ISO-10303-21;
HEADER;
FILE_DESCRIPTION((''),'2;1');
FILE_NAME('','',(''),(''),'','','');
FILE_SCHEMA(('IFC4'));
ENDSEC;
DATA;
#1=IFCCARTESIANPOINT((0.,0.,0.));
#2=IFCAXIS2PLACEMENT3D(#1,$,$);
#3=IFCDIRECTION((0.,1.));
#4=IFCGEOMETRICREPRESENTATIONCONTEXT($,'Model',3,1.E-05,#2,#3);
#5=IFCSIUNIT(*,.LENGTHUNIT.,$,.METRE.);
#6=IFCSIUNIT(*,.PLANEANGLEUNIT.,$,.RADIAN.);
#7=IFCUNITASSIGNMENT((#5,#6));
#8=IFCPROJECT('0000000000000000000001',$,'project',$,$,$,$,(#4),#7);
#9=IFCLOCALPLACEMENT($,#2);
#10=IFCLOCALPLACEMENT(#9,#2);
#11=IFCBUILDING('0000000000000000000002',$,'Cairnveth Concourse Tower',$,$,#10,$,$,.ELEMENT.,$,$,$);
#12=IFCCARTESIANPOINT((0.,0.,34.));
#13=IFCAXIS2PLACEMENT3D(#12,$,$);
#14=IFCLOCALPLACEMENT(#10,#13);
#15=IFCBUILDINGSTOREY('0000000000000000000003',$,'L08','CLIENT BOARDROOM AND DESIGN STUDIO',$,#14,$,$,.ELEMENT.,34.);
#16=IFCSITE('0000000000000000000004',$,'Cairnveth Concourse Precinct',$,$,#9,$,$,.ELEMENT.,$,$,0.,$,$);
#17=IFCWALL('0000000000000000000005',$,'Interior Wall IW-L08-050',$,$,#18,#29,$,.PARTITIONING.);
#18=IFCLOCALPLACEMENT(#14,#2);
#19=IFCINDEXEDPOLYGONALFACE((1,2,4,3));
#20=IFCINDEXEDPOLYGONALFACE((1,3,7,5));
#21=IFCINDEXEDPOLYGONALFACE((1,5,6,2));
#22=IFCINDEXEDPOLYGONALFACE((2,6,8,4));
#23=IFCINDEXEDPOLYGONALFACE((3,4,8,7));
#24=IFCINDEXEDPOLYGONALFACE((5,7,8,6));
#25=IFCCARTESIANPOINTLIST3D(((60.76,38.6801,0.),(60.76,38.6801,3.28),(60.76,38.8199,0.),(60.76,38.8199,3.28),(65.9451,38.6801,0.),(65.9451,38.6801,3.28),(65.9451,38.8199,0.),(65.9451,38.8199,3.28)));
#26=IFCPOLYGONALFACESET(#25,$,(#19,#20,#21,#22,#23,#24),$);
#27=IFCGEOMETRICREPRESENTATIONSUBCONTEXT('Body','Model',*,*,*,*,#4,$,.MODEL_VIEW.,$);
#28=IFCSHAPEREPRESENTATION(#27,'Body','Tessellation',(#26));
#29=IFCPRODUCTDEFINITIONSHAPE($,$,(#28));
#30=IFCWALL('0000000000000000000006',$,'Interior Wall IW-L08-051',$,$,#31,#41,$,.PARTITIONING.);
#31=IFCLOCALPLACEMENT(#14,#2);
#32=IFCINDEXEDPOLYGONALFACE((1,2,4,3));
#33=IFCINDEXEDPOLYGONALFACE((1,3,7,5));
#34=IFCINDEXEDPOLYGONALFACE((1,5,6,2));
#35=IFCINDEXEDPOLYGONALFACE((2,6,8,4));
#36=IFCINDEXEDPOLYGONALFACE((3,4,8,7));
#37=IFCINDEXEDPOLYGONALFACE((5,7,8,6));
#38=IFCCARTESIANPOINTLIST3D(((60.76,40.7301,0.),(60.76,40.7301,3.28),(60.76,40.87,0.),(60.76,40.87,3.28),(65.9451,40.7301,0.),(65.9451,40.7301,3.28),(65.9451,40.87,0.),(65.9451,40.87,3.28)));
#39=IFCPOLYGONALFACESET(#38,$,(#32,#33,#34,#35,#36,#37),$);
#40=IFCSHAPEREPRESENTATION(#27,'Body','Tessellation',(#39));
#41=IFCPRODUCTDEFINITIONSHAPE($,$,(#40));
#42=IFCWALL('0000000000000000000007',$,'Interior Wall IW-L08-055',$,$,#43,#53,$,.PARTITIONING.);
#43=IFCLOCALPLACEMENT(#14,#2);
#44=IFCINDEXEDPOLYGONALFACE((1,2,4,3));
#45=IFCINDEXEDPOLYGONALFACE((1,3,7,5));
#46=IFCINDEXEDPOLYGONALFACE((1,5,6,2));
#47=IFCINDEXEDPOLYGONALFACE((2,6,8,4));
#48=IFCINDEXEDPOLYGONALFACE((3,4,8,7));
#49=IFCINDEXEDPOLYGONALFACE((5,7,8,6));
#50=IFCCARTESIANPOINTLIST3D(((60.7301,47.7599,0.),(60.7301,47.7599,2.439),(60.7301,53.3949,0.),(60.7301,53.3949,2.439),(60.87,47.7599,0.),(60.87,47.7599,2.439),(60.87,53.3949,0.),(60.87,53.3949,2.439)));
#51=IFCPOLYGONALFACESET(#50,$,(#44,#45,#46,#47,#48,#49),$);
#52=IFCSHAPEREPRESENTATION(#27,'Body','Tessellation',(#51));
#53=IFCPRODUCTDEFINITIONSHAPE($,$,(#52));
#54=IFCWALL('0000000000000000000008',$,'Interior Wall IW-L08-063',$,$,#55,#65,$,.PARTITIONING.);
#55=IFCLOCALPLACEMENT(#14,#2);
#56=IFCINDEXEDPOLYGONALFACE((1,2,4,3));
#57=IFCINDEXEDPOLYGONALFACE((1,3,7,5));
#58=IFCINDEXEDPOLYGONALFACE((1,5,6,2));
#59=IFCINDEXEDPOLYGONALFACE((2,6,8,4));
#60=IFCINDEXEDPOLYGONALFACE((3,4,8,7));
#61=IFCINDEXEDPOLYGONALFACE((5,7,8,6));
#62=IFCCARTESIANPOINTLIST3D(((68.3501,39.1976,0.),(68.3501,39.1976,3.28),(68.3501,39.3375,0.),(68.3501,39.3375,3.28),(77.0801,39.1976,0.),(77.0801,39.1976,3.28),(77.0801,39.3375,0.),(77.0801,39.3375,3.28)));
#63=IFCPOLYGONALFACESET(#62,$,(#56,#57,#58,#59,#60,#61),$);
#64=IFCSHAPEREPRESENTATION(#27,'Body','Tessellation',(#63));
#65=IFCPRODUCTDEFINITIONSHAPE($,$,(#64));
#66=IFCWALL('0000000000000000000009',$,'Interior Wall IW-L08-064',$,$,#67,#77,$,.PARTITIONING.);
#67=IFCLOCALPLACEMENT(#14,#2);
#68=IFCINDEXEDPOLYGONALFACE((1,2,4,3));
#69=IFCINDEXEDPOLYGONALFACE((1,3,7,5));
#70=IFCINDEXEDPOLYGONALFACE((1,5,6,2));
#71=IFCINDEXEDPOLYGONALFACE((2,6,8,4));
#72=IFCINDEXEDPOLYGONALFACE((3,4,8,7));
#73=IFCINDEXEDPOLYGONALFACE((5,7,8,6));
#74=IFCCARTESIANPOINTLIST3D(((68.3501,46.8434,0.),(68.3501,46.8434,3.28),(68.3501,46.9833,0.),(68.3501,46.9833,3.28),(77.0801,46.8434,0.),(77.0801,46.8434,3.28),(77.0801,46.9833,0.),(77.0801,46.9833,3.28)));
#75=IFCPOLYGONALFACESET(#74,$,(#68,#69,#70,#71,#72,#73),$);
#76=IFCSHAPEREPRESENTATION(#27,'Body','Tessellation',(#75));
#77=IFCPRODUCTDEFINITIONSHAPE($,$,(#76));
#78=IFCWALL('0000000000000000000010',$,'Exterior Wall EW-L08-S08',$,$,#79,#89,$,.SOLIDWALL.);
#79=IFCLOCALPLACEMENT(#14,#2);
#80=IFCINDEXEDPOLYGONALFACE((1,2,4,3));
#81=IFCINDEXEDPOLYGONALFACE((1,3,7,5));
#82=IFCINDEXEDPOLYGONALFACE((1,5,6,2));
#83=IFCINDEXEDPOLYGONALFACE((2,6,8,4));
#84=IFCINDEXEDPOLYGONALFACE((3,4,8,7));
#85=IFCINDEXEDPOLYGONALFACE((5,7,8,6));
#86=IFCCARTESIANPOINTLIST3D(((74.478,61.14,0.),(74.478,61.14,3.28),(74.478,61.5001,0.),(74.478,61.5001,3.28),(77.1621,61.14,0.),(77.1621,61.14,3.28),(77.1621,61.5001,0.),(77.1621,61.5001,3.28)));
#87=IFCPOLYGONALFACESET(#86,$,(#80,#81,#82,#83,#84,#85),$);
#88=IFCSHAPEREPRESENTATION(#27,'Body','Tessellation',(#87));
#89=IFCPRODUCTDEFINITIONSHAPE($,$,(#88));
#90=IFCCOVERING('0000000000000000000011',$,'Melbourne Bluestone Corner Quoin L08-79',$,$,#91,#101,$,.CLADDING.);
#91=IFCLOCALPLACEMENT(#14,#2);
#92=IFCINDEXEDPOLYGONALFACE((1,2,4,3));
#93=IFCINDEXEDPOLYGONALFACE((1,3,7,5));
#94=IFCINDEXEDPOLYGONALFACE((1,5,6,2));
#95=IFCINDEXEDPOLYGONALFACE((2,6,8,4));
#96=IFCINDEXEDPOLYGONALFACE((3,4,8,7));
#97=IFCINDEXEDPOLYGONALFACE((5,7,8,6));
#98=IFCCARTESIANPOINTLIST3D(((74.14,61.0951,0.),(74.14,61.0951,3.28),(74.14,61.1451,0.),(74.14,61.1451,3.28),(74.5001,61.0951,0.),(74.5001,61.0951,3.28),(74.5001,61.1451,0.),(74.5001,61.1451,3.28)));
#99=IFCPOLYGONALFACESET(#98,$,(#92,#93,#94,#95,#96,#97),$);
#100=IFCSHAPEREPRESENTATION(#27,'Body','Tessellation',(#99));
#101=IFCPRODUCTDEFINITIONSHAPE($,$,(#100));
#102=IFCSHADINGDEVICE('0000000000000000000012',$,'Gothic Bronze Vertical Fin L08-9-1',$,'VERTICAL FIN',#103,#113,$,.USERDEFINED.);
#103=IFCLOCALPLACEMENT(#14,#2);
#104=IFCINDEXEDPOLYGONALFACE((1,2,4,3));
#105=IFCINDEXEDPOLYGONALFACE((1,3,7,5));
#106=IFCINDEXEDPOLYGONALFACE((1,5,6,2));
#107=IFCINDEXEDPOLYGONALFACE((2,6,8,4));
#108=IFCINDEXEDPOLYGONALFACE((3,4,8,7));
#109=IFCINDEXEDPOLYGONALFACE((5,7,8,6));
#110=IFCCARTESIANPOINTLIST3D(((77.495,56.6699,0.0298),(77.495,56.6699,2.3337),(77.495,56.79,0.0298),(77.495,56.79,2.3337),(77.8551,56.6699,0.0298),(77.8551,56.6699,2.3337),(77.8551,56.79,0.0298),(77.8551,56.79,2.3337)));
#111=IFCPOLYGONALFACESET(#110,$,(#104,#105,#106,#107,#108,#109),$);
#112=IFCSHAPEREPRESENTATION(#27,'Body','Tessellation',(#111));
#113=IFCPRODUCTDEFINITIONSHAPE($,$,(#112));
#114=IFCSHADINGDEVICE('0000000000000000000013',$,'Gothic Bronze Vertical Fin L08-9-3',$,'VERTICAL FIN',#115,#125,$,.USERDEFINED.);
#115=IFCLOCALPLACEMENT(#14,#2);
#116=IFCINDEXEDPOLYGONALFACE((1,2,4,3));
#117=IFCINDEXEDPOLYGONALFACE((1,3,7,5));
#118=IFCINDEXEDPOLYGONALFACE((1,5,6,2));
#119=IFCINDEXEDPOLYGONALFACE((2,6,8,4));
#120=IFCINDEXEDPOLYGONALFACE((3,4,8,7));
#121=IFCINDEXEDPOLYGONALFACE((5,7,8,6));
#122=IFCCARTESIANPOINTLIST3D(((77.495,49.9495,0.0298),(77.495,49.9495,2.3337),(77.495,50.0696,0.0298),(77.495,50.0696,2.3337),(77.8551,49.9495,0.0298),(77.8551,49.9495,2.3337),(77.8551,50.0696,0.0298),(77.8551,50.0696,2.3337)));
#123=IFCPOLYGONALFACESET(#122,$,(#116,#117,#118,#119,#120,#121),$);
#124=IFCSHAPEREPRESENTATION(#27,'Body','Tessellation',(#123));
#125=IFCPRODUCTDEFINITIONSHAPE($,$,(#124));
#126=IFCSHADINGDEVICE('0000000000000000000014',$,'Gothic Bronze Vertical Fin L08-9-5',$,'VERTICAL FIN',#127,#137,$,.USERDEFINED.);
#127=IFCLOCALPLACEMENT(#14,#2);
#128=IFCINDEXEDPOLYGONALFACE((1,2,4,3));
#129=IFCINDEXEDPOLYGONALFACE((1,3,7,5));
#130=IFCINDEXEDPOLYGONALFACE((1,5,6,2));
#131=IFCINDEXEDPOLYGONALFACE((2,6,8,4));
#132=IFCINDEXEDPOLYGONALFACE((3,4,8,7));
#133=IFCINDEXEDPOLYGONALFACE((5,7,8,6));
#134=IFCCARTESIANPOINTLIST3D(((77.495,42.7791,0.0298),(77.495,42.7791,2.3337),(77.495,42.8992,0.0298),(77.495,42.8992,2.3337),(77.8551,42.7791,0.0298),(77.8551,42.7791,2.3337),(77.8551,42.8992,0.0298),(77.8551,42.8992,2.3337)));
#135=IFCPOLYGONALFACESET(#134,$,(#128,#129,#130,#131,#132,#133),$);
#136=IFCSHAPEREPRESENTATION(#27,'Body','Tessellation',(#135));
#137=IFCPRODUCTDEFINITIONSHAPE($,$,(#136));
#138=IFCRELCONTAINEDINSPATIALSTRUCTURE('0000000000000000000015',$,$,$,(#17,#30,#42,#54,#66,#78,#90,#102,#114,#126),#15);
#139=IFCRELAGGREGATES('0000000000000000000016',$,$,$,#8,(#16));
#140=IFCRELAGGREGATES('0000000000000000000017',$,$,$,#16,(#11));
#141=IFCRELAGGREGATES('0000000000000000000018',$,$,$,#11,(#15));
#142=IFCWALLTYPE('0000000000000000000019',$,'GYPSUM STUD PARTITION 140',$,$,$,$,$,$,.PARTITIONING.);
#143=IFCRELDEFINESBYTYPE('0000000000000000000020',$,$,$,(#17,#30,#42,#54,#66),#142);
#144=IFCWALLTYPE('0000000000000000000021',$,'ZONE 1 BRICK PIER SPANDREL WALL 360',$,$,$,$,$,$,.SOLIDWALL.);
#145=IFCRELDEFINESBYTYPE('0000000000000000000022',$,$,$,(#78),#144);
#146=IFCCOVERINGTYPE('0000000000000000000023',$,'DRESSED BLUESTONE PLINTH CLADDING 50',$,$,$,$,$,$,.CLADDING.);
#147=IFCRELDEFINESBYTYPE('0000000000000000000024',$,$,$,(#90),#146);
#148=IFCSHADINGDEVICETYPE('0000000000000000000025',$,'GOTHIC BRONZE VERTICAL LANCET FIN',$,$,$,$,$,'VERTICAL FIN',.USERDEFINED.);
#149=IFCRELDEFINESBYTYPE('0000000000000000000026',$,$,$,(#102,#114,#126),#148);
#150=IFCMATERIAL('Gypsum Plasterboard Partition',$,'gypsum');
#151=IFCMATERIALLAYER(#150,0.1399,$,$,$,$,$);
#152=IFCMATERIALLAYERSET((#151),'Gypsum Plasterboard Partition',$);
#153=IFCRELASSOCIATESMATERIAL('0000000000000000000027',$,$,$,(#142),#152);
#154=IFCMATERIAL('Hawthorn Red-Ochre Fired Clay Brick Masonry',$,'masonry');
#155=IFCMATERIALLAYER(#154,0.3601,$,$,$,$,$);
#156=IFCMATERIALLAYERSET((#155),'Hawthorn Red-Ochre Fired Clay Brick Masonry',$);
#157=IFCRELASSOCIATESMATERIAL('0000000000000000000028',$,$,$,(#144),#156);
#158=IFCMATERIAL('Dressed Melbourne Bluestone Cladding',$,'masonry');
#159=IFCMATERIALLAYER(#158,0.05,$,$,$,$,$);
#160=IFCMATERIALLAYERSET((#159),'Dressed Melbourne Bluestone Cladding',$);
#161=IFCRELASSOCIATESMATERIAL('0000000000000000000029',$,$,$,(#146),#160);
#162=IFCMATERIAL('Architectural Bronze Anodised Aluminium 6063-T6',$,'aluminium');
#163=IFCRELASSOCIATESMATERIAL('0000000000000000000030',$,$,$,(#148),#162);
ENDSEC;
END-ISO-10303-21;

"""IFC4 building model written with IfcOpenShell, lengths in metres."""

from ifc_helpers import new_model, si_unit, direction, frame, frame_2d, origin, origin_2d, place, context, subcontext, project, spatial, rectangle, extrude, material, layer, layer_set, type_object, element, save


model = new_model("IFC4")

# Units and contexts
model_context = context("Model", 3, precision=1e-05, world=origin(), true_north=direction((0.0, 1.0)))
body_context = subcontext(model_context, "Body", "Model", "MODEL_VIEW")
ifc_project = project(units=[si_unit("LENGTHUNIT", "METRE"), si_unit("PLANEANGLEUNIT", "RADIAN")], contexts=[model_context])

# Site, building, storey
site_placement = place(None, origin())
site = spatial("IfcSite", under=ifc_project, at=site_placement, Name="Cairnveth Concourse Precinct", CompositionType="ELEMENT", RefElevation=0.0)
building_placement = place(site_placement, origin())
building = spatial("IfcBuilding", under=site, at=building_placement, Name="Cairnveth Concourse Tower", CompositionType="ELEMENT")
storey_placement = place(building_placement, frame((0.0, 0.0, 34.0)))
storey = spatial("IfcBuildingStorey", under=building, at=storey_placement, Name="L08", Description="CLIENT BOARDROOM AND DESIGN STUDIO", CompositionType="ELEMENT", Elevation=34.0)

# Shared definitions
ifc_material_1 = material(Name="Gypsum Plasterboard Partition", Category="gypsum")
ifc_layer_1 = layer(ifc_material_1, 0.1399)
ifc_layer_set_1 = layer_set([ifc_layer_1], Name="Gypsum Plasterboard Partition")
wall_type_1 = type_object("IfcWallType", Name="GYPSUM STUD PARTITION 140", PredefinedType="PARTITIONING", material=ifc_layer_set_1)

# Walls
for number, where, z_axis, x_axis, name in (
    (1, (60.76, 38.75, 0.0), (0.0, 0.0, 1.0), (1.0, 0.0, 0.0), "Interior Wall IW-L08-050"),
    (2, (60.76, 40.8, 0.0), (0.0, 0.0, 1.0), (1.0, 0.0, 0.0), "Interior Wall IW-L08-051"),
):
    element("IfcWall", number, at=place(storey_placement, frame(where, z_axis=z_axis, x_axis=x_axis)), inside=storey, type_object=wall_type_1, Name=name, PredefinedType="PARTITIONING", context=body_context, shape_type="SweptSolid", body=[
        extrude(rectangle(XDim=5.1851, YDim=0.1399, at=frame_2d((2.5925, 0.0))), origin(), (0.0, 0.0, 1.0), 3.28),
    ])
wall_1_placement = place(storey_placement, frame((60.8, 47.76, 0.0), z_axis=(0.0, 0.0, 1.0), x_axis=(0.0, 1.0, 0.0)))
element("IfcWall", 3, at=wall_1_placement, inside=storey, type_object=wall_type_1, Name="Interior Wall IW-L08-055", PredefinedType="PARTITIONING", context=body_context, shape_type="SweptSolid", body=[
    extrude(rectangle(XDim=5.635, YDim=0.1399, at=frame_2d((2.8174, 0.0))), origin(), (0.0, 0.0, 1.0), 2.439),
])
for number, where, z_axis, x_axis, name in (
    (4, (68.3501, 39.2676, 0.0), (0.0, 0.0, 1.0), (1.0, 0.0, 0.0), "Interior Wall IW-L08-063"),
    (5, (68.3501, 46.9133, 0.0), (0.0, 0.0, 1.0), (1.0, 0.0, 0.0), "Interior Wall IW-L08-064"),
):
    element("IfcWall", number, at=place(storey_placement, frame(where, z_axis=z_axis, x_axis=x_axis)), inside=storey, type_object=wall_type_1, Name=name, PredefinedType="PARTITIONING", context=body_context, shape_type="SweptSolid", body=[
        extrude(rectangle(XDim=8.73, YDim=0.1399, at=frame_2d((4.365, 0.0))), origin(), (0.0, 0.0, 1.0), 3.28),
    ])
ifc_material_2 = material(Name="Hawthorn Red-Ochre Fired Clay Brick Masonry", Category="masonry")
ifc_layer_2 = layer(ifc_material_2, 0.3601)
ifc_layer_set_2 = layer_set([ifc_layer_2], Name="Hawthorn Red-Ochre Fired Clay Brick Masonry")
wall_type_2 = type_object("IfcWallType", Name="ZONE 1 BRICK PIER SPANDREL WALL 360", PredefinedType="SOLIDWALL", material=ifc_layer_set_2)
wall_2_placement = place(storey_placement, frame((74.478, 61.3201, 0.0), z_axis=(0.0, 0.0, 1.0), x_axis=(1.0, 0.0, 0.0)))
element("IfcWall", 6, at=wall_2_placement, inside=storey, type_object=wall_type_2, Name="Exterior Wall EW-L08-S08", PredefinedType="SOLIDWALL", context=body_context, shape_type="SweptSolid", body=[
    extrude(rectangle(XDim=2.6841, YDim=0.3601, at=frame_2d((1.342, 0.0))), origin(), (0.0, 0.0, 1.0), 3.28),
])

# Covering
ifc_material_3 = material(Name="Dressed Melbourne Bluestone Cladding", Category="masonry")
ifc_layer_3 = layer(ifc_material_3, 0.05)
ifc_layer_set_3 = layer_set([ifc_layer_3], Name="Dressed Melbourne Bluestone Cladding")
covering_type = type_object("IfcCoveringType", Name="DRESSED BLUESTONE PLINTH CLADDING 50", PredefinedType="CLADDING", material=ifc_layer_set_3)
covering_placement = place(storey_placement, frame((74.1399, 61.1201, 0.0), z_axis=(0.0, 0.0, 1.0), x_axis=(1.0, 0.0, 0.0)))
element("IfcCovering", 7, at=covering_placement, inside=storey, type_object=covering_type, Name="Melbourne Bluestone Corner Quoin L08-79", PredefinedType="CLADDING", context=body_context, shape_type="SweptSolid", body=[
    extrude(rectangle(XDim=0.3601, YDim=0.05, at=frame_2d((0.1802, 0.0))), origin(), (0.0, 0.0, 1.0), 3.28),
])

# Shading devices
ifc_material_4 = material(Name="Architectural Bronze Anodised Aluminium 6063-T6", Category="aluminium")
shading_device_type = type_object("IfcShadingDeviceType", Name="GOTHIC BRONZE VERTICAL LANCET FIN", ElementType="VERTICAL FIN", PredefinedType="USERDEFINED", material=ifc_material_4)
for number, where, z_axis, x_axis, name in (
    (8, (77.675, 56.73, 0.0298), (0.0, 0.0, 1.0), (0.0, 1.0, 0.0), "Gothic Bronze Vertical Fin L08-9-1"),
    (9, (77.675, 50.0095, 0.0298), (0.0, 0.0, 1.0), (0.0, 1.0, 0.0), "Gothic Bronze Vertical Fin L08-9-3"),
    (10, (77.675, 42.8391, 0.0298), (0.0, 0.0, 1.0), (0.0, 1.0, 0.0), "Gothic Bronze Vertical Fin L08-9-5"),
):
    element("IfcShadingDevice", number, at=place(storey_placement, frame(where, z_axis=z_axis, x_axis=x_axis)), inside=storey, type_object=shading_device_type, Name=name, ObjectType="VERTICAL FIN", PredefinedType="USERDEFINED", context=body_context, shape_type="SweptSolid", body=[
        extrude(rectangle(XDim=0.1201, YDim=0.3601, at=origin_2d()), origin(), (0.0, 0.0, 1.0), 2.304),
    ])

save(model, "model.ifc")
